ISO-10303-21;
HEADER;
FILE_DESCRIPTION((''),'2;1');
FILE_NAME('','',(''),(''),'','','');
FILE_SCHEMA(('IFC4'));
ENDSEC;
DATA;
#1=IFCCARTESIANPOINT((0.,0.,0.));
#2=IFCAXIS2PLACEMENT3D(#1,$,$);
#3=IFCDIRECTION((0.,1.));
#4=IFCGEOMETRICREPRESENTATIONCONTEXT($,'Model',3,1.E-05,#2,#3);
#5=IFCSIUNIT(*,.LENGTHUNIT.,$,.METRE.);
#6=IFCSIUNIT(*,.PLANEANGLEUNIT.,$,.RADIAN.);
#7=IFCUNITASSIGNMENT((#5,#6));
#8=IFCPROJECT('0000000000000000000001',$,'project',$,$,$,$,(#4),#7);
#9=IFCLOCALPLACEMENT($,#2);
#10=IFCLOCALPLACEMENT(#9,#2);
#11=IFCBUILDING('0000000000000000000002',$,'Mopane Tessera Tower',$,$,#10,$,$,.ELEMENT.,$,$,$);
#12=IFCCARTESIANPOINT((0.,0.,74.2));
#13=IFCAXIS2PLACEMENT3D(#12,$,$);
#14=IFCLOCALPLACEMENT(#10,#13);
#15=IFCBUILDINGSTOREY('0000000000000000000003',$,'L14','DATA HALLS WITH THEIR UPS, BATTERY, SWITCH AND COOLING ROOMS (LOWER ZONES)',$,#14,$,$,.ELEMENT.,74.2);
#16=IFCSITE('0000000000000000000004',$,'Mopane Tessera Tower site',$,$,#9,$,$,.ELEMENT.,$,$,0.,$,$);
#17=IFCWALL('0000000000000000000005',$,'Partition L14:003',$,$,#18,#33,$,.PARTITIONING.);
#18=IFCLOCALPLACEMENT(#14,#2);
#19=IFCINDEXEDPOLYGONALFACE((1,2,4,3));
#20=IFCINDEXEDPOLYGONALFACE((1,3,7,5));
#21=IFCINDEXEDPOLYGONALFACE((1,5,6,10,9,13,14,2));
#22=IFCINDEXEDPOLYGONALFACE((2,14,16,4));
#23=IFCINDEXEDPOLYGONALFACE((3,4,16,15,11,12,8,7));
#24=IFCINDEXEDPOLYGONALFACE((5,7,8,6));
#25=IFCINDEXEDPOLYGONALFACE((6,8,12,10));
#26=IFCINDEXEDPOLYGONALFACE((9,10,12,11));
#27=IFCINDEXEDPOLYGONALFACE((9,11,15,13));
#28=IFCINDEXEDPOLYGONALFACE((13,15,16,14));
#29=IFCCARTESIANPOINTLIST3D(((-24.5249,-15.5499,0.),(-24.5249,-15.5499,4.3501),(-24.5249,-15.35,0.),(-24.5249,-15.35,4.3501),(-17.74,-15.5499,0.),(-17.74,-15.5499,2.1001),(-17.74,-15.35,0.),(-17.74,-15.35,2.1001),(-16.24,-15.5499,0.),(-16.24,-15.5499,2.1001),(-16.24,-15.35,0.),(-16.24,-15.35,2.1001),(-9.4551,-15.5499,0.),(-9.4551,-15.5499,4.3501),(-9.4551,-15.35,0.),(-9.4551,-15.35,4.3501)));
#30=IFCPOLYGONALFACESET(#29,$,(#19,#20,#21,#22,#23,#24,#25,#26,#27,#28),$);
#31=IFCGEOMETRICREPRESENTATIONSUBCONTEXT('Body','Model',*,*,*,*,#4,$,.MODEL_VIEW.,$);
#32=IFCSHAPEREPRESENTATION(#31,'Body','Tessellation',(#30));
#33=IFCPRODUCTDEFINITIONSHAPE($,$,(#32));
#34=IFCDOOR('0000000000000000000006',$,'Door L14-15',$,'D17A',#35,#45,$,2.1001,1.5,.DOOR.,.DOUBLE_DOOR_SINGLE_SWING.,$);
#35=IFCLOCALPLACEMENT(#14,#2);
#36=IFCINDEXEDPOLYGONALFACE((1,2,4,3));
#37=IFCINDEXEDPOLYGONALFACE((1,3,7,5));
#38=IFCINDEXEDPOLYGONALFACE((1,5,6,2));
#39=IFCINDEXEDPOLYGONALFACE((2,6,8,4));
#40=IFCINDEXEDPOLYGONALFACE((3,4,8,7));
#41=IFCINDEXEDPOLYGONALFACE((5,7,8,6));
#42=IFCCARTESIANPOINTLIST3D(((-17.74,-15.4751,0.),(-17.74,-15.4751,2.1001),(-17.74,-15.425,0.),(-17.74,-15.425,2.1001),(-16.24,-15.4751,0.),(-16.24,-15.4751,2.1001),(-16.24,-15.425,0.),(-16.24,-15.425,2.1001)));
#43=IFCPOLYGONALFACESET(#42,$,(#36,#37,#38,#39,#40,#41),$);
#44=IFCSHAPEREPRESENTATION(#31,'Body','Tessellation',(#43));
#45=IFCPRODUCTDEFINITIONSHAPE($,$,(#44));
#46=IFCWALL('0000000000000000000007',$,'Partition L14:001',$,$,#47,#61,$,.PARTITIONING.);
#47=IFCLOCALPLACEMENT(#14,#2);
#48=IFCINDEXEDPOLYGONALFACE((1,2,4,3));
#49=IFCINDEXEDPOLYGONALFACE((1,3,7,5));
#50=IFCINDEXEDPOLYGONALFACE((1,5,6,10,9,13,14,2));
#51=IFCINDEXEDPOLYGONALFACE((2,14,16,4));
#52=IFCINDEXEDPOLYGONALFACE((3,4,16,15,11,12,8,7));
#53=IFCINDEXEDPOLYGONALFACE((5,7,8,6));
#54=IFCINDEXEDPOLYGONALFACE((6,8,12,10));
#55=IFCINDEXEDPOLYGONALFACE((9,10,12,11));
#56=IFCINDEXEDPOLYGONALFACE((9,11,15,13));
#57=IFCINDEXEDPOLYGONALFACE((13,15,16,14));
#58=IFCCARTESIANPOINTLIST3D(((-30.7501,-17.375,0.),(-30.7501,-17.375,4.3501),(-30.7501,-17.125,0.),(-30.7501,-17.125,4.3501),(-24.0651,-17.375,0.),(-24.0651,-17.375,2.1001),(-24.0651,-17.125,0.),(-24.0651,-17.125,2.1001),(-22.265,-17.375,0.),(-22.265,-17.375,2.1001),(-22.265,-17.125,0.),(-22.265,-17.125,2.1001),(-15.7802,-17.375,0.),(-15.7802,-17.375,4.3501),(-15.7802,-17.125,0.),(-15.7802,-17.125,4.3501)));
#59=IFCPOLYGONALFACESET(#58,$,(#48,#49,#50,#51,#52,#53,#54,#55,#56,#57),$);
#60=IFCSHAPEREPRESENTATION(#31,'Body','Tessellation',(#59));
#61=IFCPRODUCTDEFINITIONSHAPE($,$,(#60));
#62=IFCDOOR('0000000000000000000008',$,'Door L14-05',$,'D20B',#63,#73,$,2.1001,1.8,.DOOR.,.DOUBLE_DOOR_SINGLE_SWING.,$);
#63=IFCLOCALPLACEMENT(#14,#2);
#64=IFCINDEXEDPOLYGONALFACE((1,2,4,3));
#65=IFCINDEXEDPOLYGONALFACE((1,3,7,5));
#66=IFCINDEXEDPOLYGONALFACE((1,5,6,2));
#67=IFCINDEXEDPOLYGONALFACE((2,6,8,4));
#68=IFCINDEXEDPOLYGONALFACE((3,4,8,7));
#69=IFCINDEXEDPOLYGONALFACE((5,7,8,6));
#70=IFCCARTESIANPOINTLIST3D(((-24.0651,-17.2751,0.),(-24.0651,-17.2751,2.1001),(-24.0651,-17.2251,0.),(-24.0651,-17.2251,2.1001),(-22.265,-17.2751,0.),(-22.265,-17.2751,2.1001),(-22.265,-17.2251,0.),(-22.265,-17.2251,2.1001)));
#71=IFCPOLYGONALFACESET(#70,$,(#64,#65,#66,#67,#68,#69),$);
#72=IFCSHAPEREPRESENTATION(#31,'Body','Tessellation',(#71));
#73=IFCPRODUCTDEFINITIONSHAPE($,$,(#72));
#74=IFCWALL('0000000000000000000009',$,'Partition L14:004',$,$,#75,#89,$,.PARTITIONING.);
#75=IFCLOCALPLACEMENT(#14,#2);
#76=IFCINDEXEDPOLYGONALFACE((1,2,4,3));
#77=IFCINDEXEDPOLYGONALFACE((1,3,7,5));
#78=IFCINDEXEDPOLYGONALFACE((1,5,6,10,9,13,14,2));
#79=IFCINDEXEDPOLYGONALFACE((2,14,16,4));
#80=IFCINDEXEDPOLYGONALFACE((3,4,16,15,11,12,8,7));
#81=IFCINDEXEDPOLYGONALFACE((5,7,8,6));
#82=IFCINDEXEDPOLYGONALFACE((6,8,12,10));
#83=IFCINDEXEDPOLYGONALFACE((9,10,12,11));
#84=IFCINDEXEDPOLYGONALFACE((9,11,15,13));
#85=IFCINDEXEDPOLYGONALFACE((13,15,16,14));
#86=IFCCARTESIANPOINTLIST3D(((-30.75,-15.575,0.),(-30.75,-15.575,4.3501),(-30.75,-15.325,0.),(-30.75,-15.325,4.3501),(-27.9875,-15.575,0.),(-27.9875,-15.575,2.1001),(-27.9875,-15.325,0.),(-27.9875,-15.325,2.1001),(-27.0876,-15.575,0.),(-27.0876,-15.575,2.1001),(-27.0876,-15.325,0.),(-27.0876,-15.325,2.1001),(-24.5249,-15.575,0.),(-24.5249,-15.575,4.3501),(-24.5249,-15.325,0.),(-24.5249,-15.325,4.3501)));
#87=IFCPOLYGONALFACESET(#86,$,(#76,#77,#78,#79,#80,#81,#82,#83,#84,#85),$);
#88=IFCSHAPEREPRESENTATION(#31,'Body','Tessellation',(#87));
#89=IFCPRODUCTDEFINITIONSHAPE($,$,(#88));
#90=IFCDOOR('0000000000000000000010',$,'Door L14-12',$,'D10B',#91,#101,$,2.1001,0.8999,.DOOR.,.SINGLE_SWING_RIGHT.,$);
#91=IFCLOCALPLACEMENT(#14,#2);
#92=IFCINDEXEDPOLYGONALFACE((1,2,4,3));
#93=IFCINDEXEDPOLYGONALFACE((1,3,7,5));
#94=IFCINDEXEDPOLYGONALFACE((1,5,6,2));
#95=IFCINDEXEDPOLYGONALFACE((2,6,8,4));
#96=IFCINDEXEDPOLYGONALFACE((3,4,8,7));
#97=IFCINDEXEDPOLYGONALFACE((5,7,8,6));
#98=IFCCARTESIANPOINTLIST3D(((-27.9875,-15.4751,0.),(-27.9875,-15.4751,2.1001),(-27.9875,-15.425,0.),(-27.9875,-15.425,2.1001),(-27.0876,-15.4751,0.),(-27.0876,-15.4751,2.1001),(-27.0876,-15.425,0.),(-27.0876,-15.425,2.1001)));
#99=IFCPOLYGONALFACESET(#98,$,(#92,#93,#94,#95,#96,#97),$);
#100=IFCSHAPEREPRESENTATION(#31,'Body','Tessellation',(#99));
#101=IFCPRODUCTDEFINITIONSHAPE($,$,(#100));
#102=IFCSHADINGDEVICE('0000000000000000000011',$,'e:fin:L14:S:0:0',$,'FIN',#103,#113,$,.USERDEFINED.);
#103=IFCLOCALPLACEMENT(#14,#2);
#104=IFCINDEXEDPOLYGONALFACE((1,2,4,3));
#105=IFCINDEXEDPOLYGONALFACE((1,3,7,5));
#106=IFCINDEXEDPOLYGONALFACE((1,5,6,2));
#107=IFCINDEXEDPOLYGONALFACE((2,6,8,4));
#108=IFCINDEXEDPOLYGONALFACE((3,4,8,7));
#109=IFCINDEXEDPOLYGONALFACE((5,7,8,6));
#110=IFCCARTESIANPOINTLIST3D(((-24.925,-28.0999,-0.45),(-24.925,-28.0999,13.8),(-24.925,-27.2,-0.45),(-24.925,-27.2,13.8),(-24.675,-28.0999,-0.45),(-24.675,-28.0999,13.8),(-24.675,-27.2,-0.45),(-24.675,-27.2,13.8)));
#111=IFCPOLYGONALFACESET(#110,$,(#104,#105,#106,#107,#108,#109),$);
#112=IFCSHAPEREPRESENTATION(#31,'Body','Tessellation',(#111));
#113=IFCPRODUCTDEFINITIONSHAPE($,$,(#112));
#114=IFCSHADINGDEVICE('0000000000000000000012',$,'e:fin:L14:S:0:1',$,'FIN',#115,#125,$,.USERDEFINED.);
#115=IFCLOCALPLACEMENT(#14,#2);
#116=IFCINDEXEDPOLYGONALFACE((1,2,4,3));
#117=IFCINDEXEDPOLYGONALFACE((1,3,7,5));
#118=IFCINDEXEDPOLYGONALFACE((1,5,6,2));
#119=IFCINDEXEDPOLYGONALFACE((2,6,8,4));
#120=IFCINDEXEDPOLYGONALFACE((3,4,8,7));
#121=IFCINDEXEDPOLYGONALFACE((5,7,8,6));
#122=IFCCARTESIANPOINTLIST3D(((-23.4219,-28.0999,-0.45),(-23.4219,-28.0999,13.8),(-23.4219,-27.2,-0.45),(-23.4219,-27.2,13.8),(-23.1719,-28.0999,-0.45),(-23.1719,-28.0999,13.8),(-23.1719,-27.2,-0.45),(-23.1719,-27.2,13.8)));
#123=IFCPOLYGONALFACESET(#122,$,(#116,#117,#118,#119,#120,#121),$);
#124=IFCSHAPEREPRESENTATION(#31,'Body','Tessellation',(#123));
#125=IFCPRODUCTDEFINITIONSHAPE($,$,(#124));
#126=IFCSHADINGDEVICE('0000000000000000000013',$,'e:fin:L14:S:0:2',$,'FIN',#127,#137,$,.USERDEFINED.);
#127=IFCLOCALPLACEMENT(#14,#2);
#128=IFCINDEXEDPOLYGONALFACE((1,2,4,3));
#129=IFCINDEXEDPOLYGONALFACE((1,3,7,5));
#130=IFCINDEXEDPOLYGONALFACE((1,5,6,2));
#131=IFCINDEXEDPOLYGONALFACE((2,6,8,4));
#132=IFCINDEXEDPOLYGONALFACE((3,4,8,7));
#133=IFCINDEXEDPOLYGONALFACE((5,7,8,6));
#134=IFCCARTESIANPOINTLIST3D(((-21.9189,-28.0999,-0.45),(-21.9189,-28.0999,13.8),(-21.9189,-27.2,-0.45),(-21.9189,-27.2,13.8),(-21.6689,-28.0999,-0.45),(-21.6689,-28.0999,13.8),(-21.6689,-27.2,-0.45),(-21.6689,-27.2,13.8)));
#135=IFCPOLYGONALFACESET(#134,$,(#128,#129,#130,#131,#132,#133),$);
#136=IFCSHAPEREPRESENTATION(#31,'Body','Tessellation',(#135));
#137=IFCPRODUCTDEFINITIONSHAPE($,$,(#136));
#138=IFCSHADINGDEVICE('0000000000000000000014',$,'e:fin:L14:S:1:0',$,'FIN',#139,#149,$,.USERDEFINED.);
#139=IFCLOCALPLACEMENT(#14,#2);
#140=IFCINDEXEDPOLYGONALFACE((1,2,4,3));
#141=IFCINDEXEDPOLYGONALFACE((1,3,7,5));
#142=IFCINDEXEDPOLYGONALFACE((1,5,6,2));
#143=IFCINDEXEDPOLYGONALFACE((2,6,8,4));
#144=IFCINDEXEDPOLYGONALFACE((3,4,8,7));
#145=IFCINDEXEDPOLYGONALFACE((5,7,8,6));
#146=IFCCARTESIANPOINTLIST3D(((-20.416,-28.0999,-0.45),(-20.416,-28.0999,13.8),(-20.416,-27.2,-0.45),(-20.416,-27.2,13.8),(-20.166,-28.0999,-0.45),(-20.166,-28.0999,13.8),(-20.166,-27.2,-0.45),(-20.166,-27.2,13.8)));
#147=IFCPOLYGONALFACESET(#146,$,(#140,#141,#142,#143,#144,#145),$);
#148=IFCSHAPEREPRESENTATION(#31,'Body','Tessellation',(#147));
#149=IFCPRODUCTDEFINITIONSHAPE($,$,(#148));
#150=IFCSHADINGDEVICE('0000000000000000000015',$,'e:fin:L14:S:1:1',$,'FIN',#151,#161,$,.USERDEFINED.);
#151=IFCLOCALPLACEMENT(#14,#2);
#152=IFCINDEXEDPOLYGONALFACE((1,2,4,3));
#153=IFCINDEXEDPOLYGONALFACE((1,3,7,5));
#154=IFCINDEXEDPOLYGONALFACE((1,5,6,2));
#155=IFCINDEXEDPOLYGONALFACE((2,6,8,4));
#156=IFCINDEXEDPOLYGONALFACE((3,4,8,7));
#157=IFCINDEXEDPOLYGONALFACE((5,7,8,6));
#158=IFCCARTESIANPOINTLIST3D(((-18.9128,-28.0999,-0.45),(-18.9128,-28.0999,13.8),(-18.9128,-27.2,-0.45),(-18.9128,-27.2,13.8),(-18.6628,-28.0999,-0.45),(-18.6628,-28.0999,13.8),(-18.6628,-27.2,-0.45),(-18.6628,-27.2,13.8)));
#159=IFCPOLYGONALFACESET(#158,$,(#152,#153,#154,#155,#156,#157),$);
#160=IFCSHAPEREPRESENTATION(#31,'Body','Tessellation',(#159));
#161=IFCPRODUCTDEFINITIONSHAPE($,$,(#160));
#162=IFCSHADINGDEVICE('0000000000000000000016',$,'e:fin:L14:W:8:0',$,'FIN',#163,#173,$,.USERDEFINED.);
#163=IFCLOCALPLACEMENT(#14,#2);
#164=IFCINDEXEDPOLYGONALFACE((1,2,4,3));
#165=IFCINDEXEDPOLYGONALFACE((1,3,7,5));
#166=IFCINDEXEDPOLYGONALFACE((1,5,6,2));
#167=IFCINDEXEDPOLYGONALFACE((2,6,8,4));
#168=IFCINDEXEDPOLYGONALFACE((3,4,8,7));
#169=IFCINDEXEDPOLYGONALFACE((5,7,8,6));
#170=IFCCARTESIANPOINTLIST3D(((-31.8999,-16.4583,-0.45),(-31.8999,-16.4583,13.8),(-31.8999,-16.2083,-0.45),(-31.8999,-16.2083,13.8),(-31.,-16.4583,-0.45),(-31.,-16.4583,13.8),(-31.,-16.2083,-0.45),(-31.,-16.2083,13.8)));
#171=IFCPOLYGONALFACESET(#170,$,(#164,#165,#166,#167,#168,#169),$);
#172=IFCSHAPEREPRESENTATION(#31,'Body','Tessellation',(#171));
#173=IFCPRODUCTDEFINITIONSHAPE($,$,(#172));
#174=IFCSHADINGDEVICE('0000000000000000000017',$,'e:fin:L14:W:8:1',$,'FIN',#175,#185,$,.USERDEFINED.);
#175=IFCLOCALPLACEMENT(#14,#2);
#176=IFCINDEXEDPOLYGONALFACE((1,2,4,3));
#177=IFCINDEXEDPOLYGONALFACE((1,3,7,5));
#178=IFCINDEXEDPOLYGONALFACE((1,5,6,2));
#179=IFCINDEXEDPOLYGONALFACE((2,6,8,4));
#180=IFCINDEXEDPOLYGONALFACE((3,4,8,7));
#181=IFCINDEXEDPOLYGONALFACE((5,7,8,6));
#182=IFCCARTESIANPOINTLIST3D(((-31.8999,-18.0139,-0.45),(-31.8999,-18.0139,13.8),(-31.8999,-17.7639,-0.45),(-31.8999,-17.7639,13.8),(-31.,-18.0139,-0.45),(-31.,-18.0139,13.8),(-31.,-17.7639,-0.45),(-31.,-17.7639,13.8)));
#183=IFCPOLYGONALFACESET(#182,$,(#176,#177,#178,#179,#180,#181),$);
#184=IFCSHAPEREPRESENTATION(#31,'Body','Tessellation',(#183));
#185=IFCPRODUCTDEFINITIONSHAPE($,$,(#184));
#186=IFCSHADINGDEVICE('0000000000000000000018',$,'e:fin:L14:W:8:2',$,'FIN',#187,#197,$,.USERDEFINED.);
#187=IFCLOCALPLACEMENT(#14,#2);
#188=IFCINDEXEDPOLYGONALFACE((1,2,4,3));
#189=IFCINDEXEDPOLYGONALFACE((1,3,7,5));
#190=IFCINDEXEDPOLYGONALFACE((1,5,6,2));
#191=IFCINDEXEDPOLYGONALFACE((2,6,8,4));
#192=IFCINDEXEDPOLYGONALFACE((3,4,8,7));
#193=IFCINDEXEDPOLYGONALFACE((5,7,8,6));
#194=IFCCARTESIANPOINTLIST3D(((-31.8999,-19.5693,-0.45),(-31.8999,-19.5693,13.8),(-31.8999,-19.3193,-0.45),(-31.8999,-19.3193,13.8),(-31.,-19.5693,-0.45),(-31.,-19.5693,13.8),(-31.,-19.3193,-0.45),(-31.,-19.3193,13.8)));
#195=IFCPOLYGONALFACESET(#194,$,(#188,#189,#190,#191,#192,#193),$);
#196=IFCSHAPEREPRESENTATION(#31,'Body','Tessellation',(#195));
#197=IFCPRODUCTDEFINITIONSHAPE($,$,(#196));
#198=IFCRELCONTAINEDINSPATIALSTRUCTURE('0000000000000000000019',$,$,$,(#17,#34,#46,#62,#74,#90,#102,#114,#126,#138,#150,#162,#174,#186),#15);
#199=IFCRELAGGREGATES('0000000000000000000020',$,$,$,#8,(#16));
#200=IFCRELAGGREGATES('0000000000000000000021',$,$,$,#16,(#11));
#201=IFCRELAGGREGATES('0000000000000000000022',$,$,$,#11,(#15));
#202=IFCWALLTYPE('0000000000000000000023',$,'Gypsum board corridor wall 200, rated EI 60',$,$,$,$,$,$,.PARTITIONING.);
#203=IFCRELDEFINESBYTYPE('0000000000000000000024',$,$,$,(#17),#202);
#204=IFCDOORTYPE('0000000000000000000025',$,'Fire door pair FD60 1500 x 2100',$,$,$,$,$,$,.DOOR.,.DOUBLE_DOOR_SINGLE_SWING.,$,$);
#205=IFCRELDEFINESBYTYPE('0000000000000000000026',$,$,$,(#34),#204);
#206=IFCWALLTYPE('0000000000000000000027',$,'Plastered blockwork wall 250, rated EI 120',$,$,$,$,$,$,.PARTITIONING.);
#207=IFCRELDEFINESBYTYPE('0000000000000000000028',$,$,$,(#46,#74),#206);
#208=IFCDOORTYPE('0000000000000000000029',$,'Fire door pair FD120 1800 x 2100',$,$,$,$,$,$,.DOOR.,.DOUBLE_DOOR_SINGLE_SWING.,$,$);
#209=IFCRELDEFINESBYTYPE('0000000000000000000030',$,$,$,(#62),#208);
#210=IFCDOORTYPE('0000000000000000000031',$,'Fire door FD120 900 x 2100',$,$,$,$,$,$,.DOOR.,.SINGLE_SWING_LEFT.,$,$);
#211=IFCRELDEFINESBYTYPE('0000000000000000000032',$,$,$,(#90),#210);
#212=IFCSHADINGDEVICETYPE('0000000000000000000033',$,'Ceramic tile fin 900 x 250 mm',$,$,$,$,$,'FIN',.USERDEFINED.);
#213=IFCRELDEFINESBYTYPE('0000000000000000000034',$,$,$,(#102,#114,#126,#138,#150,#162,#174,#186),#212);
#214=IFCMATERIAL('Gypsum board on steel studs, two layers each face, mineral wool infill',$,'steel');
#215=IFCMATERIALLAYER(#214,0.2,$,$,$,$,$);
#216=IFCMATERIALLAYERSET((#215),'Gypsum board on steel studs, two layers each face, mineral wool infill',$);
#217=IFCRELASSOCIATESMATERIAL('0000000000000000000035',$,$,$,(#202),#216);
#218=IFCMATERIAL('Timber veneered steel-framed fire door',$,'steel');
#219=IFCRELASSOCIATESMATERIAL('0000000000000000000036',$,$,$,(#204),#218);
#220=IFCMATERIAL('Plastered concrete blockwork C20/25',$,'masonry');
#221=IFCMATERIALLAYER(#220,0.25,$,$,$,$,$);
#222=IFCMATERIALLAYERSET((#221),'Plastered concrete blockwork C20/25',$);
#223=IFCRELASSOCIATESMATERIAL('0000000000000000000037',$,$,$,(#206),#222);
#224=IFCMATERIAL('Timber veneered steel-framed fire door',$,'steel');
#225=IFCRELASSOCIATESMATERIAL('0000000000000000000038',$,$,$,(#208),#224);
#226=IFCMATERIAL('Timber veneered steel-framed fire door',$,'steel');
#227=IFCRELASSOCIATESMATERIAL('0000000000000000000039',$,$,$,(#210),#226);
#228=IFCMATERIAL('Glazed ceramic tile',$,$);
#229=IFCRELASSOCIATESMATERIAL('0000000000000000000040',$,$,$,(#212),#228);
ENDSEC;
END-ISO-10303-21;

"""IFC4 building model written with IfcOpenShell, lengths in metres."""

from ifc_helpers import new_model, si_unit, direction, frame, frame_2d, origin, origin_2d, place, context, subcontext, project, spatial, rectangle, extrude, material, layer, layer_set, type_object, element, fill, save


model = new_model("IFC4")

# Units and contexts
model_context = context("Model", 3, precision=1e-05, world=origin(), true_north=direction((0.0, 1.0)))
body_context = subcontext(model_context, "Body", "Model", "MODEL_VIEW")
ifc_project = project(units=[si_unit("LENGTHUNIT", "METRE"), si_unit("PLANEANGLEUNIT", "RADIAN")], contexts=[model_context])

# Site, building, storey
site_placement = place(None, origin())
site = spatial("IfcSite", under=ifc_project, at=site_placement, Name="Mopane Tessera Tower site", CompositionType="ELEMENT", RefElevation=0.0)
building_placement = place(site_placement, origin())
building = spatial("IfcBuilding", under=site, at=building_placement, Name="Mopane Tessera Tower", CompositionType="ELEMENT")
storey_placement = place(building_placement, frame((0.0, 0.0, 74.2)))
storey = spatial("IfcBuildingStorey", under=building, at=storey_placement, Name="L14", Description="DATA HALLS WITH THEIR UPS, BATTERY, SWITCH AND COOLING ROOMS (LOWER ZONES)", CompositionType="ELEMENT", Elevation=74.2)

# Walls, openings, doors
ifc_material_1 = material(Name="Gypsum board on steel studs, two layers each face, mineral wool infill", Category="steel")
ifc_layer_1 = layer(ifc_material_1, 0.2)
ifc_layer_set_1 = layer_set([ifc_layer_1], Name="Gypsum board on steel studs, two layers each face, mineral wool infill")
wall_type_1 = type_object("IfcWallType", Name="Gypsum board corridor wall 200, rated EI 60", PredefinedType="PARTITIONING", material=ifc_layer_set_1)
wall_1_placement = place(storey_placement, frame((-24.5249, -15.45, 0.0), z_axis=(0.0, 0.0, 1.0), x_axis=(1.0, 0.0, 0.0)))
wall_1 = element("IfcWall", 1, at=wall_1_placement, inside=storey, type_object=wall_type_1, Name="Partition L14:003", PredefinedType="PARTITIONING", context=body_context, shape_type="SweptSolid", body=[
    extrude(rectangle(XDim=15.0698, YDim=0.2, at=frame_2d((7.5349, 0.0))), origin(), (0.0, 0.0, 1.0), 4.3501),
])
opening_1_placement = place(wall_1_placement, frame((6.7849, 0.0, 0.0)))
opening_1 = element("IfcOpeningElement", 2, at=opening_1_placement, cuts=wall_1, PredefinedType="OPENING", context=body_context, shape_type="SweptSolid", body=[
    extrude(rectangle(XDim=1.5, YDim=2.1001, at=frame_2d((0.75, 1.05))), frame((0.0, 0.1121, 0.0), z_axis=(0.0, -1.0, 0.0), x_axis=(1.0, 0.0, 0.0)), (0.0, 0.0, 1.0), 0.2239),
])
ifc_material_2 = material(Name="Timber veneered steel-framed fire door", Category="steel")
door_type_1 = type_object("IfcDoorType", Name="Fire door pair FD60 1500 x 2100", OperationType="DOUBLE_DOOR_SINGLE_SWING", PredefinedType="DOOR", material=ifc_material_2)
door_1_placement = place(opening_1_placement, origin())
door_1 = element("IfcDoor", 3, at=door_1_placement, inside=storey, type_object=door_type_1, Name="Door L14-15", ObjectType="D17A", OperationType="DOUBLE_DOOR_SINGLE_SWING", OverallHeight=2.1001, OverallWidth=1.5, PredefinedType="DOOR", context=body_context, shape_type="SweptSolid", body=[
    extrude(rectangle(XDim=1.5, YDim=2.1001, at=frame_2d((0.75, 1.05))), frame((0.0, 0.0249, 0.0), z_axis=(0.0, -1.0, 0.0), x_axis=(1.0, 0.0, 0.0)), (0.0, 0.0, 1.0), 0.05),
])
fill(opening_1, door_1)
ifc_material_3 = material(Name="Plastered concrete blockwork C20/25", Category="masonry")
ifc_layer_2 = layer(ifc_material_3, 0.25)
ifc_layer_set_2 = layer_set([ifc_layer_2], Name="Plastered concrete blockwork C20/25")
wall_type_2 = type_object("IfcWallType", Name="Plastered blockwork wall 250, rated EI 120", PredefinedType="PARTITIONING", material=ifc_layer_set_2)
wall_2_placement = place(storey_placement, frame((-30.75, -17.25, 0.0), z_axis=(0.0, 0.0, 1.0), x_axis=(1.0, 0.0, 0.0)))
wall_2 = element("IfcWall", 4, at=wall_2_placement, inside=storey, type_object=wall_type_2, Name="Partition L14:001", PredefinedType="PARTITIONING", context=body_context, shape_type="SweptSolid", body=[
    extrude(rectangle(XDim=14.97, YDim=0.25, at=frame_2d((7.4849, 0.0))), origin(), (0.0, 0.0, 1.0), 4.3501),
])
opening_2_placement = place(wall_2_placement, frame((6.6851, 0.0, 0.0)))
opening_2 = element("IfcOpeningElement", 5, at=opening_2_placement, cuts=wall_2, PredefinedType="OPENING", context=body_context, shape_type="SweptSolid", body=[
    extrude(rectangle(XDim=1.8, YDim=2.1001, at=frame_2d((0.8999, 1.05))), frame((0.0, 0.137, 0.0), z_axis=(0.0, -1.0, 0.0), x_axis=(1.0, 0.0, 0.0)), (0.0, 0.0, 1.0), 0.2739),
])
ifc_material_4 = material(Name="Timber veneered steel-framed fire door", Category="steel")
door_type_2 = type_object("IfcDoorType", Name="Fire door pair FD120 1800 x 2100", OperationType="DOUBLE_DOOR_SINGLE_SWING", PredefinedType="DOOR", material=ifc_material_4)
door_2_placement = place(opening_2_placement, origin())
door_2 = element("IfcDoor", 6, at=door_2_placement, inside=storey, type_object=door_type_2, Name="Door L14-05", ObjectType="D20B", OperationType="DOUBLE_DOOR_SINGLE_SWING", OverallHeight=2.1001, OverallWidth=1.8, PredefinedType="DOOR", context=body_context, shape_type="SweptSolid", body=[
    extrude(rectangle(XDim=1.8, YDim=2.1001, at=frame_2d((0.8999, 1.05))), frame((0.0, 0.0249, 0.0), z_axis=(0.0, -1.0, 0.0), x_axis=(1.0, 0.0, 0.0)), (0.0, 0.0, 1.0), 0.05),
])
fill(opening_2, door_2)
wall_3_placement = place(storey_placement, frame((-30.75, -15.45, 0.0), z_axis=(0.0, 0.0, 1.0), x_axis=(1.0, 0.0, 0.0)))
wall_3 = element("IfcWall", 7, at=wall_3_placement, inside=storey, type_object=wall_type_2, Name="Partition L14:004", PredefinedType="PARTITIONING", context=body_context, shape_type="SweptSolid", body=[
    extrude(rectangle(XDim=6.2251, YDim=0.25, at=frame_2d((3.1125, 0.0))), origin(), (0.0, 0.0, 1.0), 4.3501),
])
opening_3_placement = place(wall_3_placement, frame((2.7625, 0.0, 0.0)))
opening_3 = element("IfcOpeningElement", 8, at=opening_3_placement, cuts=wall_3, PredefinedType="OPENING", context=body_context, shape_type="SweptSolid", body=[
    extrude(rectangle(XDim=0.8999, YDim=2.1001, at=frame_2d((0.45, 1.05))), frame((0.0, 0.137, 0.0), z_axis=(0.0, -1.0, 0.0), x_axis=(1.0, 0.0, 0.0)), (0.0, 0.0, 1.0), 0.2739),
])
ifc_material_5 = material(Name="Timber veneered steel-framed fire door", Category="steel")
door_type_3 = type_object("IfcDoorType", Name="Fire door FD120 900 x 2100", OperationType="SINGLE_SWING_LEFT", PredefinedType="DOOR", material=ifc_material_5)
door_3_placement = place(opening_3_placement, origin())
door_3 = element("IfcDoor", 9, at=door_3_placement, inside=storey, type_object=door_type_3, Name="Door L14-12", ObjectType="D10B", OperationType="SINGLE_SWING_RIGHT", OverallHeight=2.1001, OverallWidth=0.8999, PredefinedType="DOOR", context=body_context, shape_type="SweptSolid", body=[
    extrude(rectangle(XDim=0.8999, YDim=2.1001, at=frame_2d((0.45, 1.05))), frame((0.0, 0.0249, 0.0), z_axis=(0.0, -1.0, 0.0), x_axis=(1.0, 0.0, 0.0)), (0.0, 0.0, 1.0), 0.05),
])
fill(opening_3, door_3)

# Shading devices
ifc_material_6 = material(Name="Glazed ceramic tile")
shading_device_type = type_object("IfcShadingDeviceType", Name="Ceramic tile fin 900 x 250 mm", ElementType="FIN", PredefinedType="USERDEFINED", material=ifc_material_6)
for number, where, z_axis, x_axis, name in (
    (10, (-24.8, -27.6499, -0.45), (0.0, 0.0, 1.0), (1.0, 0.0, 0.0), "e:fin:L14:S:0:0"),
    (11, (-23.2969, -27.6499, -0.45), (0.0, 0.0, 1.0), (1.0, 0.0, 0.0), "e:fin:L14:S:0:1"),
    (12, (-21.7939, -27.6499, -0.45), (0.0, 0.0, 1.0), (1.0, 0.0, 0.0), "e:fin:L14:S:0:2"),
    (13, (-20.291, -27.6499, -0.45), (0.0, 0.0, 1.0), (1.0, 0.0, 0.0), "e:fin:L14:S:1:0"),
    (14, (-18.7878, -27.6499, -0.45), (0.0, 0.0, 1.0), (1.0, 0.0, 0.0), "e:fin:L14:S:1:1"),
    (15, (-31.45, -16.3333, -0.45), (0.0, 0.0, 1.0), (0.0, -1.0, 0.0), "e:fin:L14:W:8:0"),
    (16, (-31.45, -17.8889, -0.45), (0.0, 0.0, 1.0), (0.0, -1.0, 0.0), "e:fin:L14:W:8:1"),
    (17, (-31.45, -19.4443, -0.45), (0.0, 0.0, 1.0), (0.0, -1.0, 0.0), "e:fin:L14:W:8:2"),
):
    element("IfcShadingDevice", number, at=place(storey_placement, frame(where, z_axis=z_axis, x_axis=x_axis)), inside=storey, type_object=shading_device_type, Name=name, ObjectType="FIN", PredefinedType="USERDEFINED", context=body_context, shape_type="SweptSolid", body=[
        extrude(rectangle(XDim=0.25, YDim=0.8999, at=origin_2d()), origin(), (0.0, 0.0, 1.0), 14.25),
    ])

save(model, "model.ifc")
